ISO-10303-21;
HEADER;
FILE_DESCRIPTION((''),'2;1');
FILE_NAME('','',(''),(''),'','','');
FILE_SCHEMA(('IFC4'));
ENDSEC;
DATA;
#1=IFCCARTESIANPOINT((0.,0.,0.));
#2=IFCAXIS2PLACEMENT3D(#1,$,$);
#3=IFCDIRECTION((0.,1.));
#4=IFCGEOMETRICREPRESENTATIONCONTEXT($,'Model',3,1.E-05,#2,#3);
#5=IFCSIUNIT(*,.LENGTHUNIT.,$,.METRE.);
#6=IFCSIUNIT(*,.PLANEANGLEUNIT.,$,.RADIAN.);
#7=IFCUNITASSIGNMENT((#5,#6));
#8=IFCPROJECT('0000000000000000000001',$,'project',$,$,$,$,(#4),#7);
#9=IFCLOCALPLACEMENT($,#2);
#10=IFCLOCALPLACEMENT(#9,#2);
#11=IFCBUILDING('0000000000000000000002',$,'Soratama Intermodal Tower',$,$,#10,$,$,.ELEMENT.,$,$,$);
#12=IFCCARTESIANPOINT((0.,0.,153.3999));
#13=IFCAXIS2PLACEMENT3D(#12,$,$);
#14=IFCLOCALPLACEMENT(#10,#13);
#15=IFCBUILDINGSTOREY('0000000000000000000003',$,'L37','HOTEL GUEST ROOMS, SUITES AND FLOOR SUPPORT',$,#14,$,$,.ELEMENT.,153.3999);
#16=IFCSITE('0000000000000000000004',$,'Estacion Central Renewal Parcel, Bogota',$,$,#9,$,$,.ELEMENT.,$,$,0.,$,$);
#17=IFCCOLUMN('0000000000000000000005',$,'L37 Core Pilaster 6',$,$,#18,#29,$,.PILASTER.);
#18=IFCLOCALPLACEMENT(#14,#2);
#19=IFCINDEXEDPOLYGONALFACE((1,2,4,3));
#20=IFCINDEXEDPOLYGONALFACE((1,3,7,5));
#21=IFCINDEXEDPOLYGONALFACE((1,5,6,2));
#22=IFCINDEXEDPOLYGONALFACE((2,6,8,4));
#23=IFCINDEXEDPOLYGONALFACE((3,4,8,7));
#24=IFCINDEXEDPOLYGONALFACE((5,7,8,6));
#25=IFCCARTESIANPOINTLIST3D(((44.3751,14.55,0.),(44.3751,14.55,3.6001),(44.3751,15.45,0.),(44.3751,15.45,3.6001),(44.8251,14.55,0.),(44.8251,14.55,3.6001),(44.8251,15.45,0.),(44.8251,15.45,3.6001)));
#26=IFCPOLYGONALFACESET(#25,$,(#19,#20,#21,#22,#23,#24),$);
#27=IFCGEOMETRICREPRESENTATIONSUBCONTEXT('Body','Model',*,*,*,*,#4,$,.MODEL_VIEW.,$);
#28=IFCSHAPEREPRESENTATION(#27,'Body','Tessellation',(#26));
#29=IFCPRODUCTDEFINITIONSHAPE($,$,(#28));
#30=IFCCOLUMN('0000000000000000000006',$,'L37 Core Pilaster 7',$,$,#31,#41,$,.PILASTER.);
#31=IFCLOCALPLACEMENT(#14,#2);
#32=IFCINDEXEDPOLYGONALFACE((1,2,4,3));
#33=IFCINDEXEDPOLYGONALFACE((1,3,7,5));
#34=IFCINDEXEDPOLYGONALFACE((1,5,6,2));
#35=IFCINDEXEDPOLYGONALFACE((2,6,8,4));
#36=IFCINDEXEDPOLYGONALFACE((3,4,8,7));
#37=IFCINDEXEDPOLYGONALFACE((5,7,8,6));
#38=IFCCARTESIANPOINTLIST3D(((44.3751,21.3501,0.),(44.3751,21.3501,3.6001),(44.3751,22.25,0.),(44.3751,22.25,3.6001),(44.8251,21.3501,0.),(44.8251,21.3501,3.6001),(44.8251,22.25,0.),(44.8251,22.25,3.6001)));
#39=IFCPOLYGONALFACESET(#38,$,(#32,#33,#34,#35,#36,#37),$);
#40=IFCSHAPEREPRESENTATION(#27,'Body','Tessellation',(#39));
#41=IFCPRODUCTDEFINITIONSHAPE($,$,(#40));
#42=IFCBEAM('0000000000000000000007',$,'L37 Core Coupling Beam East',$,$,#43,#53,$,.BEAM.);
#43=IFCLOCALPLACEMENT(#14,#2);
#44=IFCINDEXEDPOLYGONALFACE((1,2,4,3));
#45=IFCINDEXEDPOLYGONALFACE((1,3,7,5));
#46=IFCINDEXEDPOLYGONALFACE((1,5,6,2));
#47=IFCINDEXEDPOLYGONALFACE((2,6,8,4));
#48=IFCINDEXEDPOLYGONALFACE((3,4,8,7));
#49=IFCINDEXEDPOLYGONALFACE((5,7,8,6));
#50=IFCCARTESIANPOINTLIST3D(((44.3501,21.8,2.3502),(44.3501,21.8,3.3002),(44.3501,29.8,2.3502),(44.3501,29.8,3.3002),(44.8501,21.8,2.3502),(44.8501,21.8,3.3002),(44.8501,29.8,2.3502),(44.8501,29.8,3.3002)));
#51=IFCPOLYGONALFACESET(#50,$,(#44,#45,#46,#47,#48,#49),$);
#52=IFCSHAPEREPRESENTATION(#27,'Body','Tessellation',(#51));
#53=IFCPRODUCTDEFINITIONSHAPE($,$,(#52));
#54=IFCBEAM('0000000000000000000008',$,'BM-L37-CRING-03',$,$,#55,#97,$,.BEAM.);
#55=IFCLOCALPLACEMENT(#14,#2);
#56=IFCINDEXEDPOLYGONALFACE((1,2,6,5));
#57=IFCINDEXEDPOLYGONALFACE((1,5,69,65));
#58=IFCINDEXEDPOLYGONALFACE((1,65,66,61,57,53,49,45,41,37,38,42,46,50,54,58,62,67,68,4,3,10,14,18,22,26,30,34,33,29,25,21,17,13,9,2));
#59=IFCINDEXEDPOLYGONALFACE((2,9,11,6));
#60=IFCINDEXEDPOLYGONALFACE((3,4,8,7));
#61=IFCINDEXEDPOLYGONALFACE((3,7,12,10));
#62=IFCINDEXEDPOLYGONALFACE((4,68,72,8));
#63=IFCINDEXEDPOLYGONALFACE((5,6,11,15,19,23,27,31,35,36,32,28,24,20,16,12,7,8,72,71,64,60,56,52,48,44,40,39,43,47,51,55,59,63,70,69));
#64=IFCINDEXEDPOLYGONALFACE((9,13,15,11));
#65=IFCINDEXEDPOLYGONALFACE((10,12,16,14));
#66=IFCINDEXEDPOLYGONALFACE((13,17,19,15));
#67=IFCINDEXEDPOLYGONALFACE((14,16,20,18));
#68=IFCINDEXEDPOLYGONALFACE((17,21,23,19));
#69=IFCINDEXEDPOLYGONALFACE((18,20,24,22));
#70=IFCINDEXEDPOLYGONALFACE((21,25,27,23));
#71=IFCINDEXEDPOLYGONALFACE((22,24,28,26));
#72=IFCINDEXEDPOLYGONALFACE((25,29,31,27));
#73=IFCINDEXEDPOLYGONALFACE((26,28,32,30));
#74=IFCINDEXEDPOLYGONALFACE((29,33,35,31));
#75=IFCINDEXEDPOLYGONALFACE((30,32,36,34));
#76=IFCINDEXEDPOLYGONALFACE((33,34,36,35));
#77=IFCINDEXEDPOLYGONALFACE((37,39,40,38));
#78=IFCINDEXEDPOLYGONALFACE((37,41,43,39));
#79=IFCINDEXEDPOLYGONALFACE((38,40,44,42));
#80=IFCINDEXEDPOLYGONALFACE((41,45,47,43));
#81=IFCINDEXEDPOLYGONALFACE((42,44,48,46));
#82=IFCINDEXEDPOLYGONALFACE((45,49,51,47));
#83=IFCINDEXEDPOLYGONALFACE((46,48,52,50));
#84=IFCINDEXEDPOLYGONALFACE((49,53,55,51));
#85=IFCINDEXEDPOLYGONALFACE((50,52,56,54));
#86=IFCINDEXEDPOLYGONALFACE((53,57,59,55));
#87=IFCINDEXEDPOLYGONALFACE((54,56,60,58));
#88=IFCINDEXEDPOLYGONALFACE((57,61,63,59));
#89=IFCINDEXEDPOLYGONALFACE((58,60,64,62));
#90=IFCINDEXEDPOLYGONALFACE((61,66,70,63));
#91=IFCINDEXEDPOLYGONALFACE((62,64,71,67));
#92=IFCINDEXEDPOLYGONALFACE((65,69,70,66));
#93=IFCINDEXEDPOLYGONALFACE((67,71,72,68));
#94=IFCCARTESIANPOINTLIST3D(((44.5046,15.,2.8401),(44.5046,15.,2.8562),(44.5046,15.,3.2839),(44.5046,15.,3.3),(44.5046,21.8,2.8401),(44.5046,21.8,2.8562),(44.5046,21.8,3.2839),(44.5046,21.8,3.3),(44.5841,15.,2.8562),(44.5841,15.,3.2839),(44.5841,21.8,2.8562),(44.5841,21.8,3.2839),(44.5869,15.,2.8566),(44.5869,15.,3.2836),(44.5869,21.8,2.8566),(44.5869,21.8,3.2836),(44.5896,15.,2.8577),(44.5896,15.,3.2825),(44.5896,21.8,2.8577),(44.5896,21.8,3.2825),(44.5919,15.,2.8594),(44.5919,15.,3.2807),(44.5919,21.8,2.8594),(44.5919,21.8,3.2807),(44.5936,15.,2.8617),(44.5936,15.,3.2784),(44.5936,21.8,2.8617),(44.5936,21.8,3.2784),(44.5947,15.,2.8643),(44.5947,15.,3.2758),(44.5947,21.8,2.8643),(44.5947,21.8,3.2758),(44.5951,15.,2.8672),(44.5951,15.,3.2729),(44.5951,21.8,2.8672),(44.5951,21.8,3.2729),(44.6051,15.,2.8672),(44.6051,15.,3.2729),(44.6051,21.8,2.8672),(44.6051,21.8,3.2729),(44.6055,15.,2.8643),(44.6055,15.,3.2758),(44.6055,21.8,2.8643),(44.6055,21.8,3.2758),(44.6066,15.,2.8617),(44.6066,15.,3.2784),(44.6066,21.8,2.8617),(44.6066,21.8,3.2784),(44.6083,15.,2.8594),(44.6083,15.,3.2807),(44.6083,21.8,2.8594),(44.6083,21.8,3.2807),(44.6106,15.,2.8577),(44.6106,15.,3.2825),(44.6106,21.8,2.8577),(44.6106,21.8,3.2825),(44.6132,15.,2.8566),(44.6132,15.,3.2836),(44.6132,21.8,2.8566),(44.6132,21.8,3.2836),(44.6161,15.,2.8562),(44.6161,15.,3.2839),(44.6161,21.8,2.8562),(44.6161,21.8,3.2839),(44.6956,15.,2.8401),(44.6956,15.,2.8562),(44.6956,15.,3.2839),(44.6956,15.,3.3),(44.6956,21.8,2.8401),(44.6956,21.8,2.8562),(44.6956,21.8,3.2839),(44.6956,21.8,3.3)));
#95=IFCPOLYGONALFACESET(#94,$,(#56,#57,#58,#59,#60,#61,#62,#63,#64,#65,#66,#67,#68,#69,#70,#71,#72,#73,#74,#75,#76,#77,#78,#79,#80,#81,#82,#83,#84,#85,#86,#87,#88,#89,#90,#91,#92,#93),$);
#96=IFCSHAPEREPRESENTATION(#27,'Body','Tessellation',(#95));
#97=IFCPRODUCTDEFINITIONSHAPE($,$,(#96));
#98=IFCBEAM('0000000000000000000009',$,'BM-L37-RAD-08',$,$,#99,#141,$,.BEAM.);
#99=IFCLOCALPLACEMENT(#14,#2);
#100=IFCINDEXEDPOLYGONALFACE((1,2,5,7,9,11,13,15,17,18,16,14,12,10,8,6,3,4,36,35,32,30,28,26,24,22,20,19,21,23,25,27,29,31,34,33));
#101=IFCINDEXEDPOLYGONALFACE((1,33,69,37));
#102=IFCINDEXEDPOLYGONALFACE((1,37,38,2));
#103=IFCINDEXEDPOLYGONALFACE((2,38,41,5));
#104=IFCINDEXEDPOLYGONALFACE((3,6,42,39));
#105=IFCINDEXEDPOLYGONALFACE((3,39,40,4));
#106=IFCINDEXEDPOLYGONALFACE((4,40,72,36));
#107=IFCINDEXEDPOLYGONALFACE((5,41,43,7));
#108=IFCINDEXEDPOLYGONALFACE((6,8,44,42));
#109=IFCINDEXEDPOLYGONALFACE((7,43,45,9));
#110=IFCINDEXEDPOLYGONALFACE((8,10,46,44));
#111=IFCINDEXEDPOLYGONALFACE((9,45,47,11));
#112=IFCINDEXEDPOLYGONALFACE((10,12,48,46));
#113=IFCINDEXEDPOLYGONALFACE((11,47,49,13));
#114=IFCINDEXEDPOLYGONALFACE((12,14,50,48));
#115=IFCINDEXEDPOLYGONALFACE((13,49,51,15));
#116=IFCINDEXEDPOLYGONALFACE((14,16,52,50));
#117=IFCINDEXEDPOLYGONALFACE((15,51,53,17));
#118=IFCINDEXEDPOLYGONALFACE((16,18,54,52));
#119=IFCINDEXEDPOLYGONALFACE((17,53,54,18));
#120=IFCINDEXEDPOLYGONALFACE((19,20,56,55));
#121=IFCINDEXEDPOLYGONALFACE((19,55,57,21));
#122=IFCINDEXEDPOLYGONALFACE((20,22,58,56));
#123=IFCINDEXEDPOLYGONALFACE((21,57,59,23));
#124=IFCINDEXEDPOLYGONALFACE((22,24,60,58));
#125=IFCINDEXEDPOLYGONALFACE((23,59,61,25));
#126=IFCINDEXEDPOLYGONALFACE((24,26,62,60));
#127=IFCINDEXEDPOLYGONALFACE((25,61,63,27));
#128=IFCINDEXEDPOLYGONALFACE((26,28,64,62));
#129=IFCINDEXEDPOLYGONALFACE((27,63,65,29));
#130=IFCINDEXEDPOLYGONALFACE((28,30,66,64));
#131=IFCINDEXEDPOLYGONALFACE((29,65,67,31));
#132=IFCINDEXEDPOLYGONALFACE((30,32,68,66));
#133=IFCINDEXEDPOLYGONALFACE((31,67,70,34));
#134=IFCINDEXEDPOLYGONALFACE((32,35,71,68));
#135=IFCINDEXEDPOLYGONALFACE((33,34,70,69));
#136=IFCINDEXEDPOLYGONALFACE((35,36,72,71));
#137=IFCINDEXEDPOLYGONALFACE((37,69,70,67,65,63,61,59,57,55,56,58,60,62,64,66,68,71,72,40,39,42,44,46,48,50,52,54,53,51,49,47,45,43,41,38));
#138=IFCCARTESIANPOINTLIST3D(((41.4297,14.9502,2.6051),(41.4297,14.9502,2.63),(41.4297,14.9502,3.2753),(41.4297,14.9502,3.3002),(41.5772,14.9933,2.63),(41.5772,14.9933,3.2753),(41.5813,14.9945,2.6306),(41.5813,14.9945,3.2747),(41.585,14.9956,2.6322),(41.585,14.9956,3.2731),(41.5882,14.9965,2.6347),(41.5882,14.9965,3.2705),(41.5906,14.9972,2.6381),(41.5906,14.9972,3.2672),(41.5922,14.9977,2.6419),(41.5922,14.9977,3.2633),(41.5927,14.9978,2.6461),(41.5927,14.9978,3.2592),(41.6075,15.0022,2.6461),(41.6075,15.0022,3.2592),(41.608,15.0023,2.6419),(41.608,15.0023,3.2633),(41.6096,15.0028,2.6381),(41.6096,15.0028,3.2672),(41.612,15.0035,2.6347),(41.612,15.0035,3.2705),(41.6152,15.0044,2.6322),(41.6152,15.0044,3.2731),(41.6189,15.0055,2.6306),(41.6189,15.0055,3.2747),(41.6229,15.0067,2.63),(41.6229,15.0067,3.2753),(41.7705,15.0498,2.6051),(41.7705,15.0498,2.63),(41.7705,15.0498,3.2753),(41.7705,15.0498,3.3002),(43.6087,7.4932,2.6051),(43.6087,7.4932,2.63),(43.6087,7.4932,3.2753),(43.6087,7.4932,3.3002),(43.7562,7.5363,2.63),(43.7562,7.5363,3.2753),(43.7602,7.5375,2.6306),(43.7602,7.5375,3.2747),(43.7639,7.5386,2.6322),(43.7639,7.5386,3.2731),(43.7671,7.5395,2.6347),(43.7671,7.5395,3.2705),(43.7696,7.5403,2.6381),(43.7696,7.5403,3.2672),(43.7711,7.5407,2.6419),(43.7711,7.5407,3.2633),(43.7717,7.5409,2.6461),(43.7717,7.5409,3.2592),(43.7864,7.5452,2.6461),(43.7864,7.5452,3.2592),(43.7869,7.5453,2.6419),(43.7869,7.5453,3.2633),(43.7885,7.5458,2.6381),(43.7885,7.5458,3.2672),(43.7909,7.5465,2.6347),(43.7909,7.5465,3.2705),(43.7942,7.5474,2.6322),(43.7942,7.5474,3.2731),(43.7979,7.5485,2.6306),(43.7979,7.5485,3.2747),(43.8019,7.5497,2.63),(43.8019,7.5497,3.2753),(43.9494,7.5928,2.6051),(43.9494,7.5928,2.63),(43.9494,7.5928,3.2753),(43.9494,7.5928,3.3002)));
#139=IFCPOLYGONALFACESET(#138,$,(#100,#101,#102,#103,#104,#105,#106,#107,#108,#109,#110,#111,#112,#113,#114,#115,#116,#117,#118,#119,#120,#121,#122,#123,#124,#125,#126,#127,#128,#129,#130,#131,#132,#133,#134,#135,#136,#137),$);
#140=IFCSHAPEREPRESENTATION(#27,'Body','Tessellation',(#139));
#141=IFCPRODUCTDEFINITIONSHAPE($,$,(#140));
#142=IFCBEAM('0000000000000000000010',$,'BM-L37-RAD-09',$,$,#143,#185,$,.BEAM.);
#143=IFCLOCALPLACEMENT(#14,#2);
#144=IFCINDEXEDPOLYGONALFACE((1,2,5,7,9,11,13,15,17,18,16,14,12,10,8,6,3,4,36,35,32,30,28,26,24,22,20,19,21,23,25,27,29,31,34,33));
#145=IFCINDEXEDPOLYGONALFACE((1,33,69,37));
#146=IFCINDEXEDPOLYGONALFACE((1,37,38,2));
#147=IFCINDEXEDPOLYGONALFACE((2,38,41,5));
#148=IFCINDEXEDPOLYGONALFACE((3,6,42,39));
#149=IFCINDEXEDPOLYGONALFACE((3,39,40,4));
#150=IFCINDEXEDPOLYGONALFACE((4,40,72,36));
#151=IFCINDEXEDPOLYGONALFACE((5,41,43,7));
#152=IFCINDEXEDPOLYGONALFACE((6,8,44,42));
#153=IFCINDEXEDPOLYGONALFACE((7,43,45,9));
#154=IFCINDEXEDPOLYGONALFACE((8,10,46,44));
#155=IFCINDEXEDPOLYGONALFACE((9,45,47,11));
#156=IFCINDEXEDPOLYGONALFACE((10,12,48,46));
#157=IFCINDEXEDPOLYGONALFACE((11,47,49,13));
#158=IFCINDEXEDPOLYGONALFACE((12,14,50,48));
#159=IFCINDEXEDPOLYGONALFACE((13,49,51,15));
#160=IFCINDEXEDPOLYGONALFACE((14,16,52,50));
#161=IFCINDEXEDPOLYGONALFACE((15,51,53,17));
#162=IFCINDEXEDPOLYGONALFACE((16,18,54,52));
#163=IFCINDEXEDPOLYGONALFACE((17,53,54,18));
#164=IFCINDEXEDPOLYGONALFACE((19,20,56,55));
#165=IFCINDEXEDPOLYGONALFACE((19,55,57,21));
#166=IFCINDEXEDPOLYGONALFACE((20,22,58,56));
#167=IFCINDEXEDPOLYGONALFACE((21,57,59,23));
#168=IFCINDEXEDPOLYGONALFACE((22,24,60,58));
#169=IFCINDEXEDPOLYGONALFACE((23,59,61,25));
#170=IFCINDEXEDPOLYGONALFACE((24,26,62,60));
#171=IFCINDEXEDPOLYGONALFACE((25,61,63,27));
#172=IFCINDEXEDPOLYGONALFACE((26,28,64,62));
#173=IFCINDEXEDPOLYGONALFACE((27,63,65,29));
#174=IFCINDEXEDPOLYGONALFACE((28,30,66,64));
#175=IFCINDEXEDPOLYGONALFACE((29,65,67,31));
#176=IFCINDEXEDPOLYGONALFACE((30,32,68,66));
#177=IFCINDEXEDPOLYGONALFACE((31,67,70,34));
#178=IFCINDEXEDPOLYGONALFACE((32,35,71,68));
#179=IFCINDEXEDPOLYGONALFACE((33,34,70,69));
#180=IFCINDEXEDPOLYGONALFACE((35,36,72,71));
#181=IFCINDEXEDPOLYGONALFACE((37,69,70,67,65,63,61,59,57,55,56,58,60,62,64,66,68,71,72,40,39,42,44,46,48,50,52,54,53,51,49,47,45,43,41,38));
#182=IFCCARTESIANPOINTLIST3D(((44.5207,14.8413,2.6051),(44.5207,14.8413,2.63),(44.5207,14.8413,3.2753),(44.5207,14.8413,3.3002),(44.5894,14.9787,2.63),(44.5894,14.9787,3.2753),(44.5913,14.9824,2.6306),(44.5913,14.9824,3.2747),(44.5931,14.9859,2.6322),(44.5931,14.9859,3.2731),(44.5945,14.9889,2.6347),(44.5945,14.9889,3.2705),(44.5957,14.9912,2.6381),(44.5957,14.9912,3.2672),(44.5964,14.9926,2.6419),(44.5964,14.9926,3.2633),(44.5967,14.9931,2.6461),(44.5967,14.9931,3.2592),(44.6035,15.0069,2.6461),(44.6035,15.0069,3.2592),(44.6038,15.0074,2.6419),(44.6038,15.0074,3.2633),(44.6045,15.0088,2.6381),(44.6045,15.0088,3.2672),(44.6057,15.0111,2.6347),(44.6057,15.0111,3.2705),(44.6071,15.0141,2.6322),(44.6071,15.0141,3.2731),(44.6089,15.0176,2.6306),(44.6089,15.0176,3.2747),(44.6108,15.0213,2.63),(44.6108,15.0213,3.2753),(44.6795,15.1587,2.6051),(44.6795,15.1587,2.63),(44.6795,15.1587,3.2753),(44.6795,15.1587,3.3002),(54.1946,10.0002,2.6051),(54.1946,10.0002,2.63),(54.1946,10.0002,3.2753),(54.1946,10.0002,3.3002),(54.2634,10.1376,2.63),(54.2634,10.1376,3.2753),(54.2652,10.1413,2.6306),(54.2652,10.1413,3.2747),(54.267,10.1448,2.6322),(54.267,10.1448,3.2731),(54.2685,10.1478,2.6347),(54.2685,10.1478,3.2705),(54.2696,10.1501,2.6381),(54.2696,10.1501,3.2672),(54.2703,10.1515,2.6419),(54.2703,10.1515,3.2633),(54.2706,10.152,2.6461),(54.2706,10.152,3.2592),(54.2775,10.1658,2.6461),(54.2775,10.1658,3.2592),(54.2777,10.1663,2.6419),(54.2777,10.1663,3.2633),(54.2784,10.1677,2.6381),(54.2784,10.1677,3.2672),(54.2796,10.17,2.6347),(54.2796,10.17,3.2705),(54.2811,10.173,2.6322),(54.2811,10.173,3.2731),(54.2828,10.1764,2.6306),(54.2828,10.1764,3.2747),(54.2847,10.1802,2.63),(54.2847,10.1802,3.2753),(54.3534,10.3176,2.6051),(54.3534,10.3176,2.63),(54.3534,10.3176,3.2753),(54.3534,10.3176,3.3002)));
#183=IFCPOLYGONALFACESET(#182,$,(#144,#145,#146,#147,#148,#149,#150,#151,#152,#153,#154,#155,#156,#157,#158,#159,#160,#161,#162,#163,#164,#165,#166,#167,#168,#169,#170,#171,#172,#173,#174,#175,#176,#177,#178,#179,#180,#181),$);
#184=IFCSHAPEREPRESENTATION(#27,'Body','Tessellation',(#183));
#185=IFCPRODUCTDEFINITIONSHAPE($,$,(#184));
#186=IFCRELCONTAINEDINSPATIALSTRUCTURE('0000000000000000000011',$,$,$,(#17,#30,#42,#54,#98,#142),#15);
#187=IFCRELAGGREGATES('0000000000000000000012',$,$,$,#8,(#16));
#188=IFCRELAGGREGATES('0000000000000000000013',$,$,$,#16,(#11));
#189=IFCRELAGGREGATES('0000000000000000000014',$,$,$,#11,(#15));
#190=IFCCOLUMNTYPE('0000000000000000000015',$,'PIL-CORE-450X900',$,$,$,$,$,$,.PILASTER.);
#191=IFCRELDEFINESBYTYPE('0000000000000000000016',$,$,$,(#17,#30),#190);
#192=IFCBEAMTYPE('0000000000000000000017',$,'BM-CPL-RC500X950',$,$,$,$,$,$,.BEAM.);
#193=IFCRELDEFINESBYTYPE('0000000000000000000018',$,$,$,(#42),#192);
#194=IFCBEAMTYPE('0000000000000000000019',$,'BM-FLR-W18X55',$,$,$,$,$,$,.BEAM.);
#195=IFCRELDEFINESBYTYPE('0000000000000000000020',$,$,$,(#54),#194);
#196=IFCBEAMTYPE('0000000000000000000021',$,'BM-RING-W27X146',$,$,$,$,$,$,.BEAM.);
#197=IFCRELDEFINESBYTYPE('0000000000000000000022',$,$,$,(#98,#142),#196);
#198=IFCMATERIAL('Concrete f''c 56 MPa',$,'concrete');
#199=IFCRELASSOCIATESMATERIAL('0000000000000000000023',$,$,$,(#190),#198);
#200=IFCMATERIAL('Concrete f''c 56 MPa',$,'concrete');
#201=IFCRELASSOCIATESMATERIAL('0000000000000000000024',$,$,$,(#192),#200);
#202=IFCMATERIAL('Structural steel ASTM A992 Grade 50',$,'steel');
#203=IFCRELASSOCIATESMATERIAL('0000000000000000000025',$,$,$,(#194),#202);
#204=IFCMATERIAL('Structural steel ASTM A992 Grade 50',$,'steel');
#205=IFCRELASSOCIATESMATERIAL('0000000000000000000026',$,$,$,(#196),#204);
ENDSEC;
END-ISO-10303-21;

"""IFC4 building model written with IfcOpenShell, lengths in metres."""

from ifc_helpers import new_model, si_unit, direction, frame, origin, origin_2d, place, context, subcontext, project, spatial, rectangle, i_section, extrude, material, material_profile, profile_set, type_object, element, save


model = new_model("IFC4")

# Units and contexts
model_context = context("Model", 3, precision=1e-05, world=origin(), true_north=direction((0.0, 1.0)))
body_context = subcontext(model_context, "Body", "Model", "MODEL_VIEW")
ifc_project = project(units=[si_unit("LENGTHUNIT", "METRE"), si_unit("PLANEANGLEUNIT", "RADIAN")], contexts=[model_context])

# Site, building, storey
site_placement = place(None, origin())
site = spatial("IfcSite", under=ifc_project, at=site_placement, Name="Estacion Central Renewal Parcel, Bogota", CompositionType="ELEMENT", RefElevation=0.0)
building_placement = place(site_placement, origin())
building = spatial("IfcBuilding", under=site, at=building_placement, Name="Soratama Intermodal Tower", CompositionType="ELEMENT")
storey_placement = place(building_placement, frame((0.0, 0.0, 153.3999)))
storey = spatial("IfcBuildingStorey", under=building, at=storey_placement, Name="L37", Description="HOTEL GUEST ROOMS, SUITES AND FLOOR SUPPORT", CompositionType="ELEMENT", Elevation=153.3999)

# Columns
ifc_material_1 = material(Name="Concrete f'c 56 MPa", Category="concrete")
ifc_material_profile_1 = material_profile(ifc_material_1, rectangle(XDim=0.45, YDim=0.8999, at=origin_2d()), Name="RC450X900")
ifc_profile_set_1 = profile_set([ifc_material_profile_1], Name="Concrete f'c 56 MPa")
column_type = type_object("IfcColumnType", Name="PIL-CORE-450X900", PredefinedType="PILASTER", material=ifc_profile_set_1)
for number, where, z_axis, x_axis, name in (
    (1, (44.6001, 15.0, 0.0), (0.0, 0.0, 1.0), (1.0, 0.0, 0.0), "L37 Core Pilaster 6"),
    (2, (44.6001, 21.8, 0.0), (0.0, 0.0, 1.0), (1.0, 0.0, 0.0), "L37 Core Pilaster 7"),
):
    element("IfcColumn", number, at=place(storey_placement, frame(where, z_axis=z_axis, x_axis=x_axis)), inside=storey, type_object=column_type, Name=name, PredefinedType="PILASTER", context=body_context, shape_type="SweptSolid", body=[
        extrude(rectangle(XDim=0.45, YDim=0.8999, at=origin_2d()), origin(), (0.0, 0.0, 1.0), 3.6001),
    ])

# Beams
ifc_material_2 = material(Name="Concrete f'c 56 MPa", Category="concrete")
ifc_material_profile_2 = material_profile(ifc_material_2, rectangle(XDim=0.5, YDim=0.95, at=origin_2d()), Name="RC500X950")
ifc_profile_set_2 = profile_set([ifc_material_profile_2], Name="Concrete f'c 56 MPa")
beam_type_1 = type_object("IfcBeamType", Name="BM-CPL-RC500X950", PredefinedType="BEAM", material=ifc_profile_set_2)
beam_1_placement = place(storey_placement, frame((44.6001, 21.8, 2.8252), z_axis=(0.0, 1.0, 0.0), x_axis=(-1.0, 0.0, 0.0)))
element("IfcBeam", 3, at=beam_1_placement, inside=storey, type_object=beam_type_1, Name="L37 Core Coupling Beam East", PredefinedType="BEAM", context=body_context, shape_type="SweptSolid", body=[
    extrude(rectangle(XDim=0.5, YDim=0.95, at=origin_2d()), origin(), (0.0, 0.0, 1.0), 8.0),
])
ifc_material_3 = material(Name="Structural steel ASTM A992 Grade 50", Category="steel")
ifc_material_profile_3 = material_profile(ifc_material_3, i_section(OverallWidth=0.1909, OverallDepth=0.46, WebThickness=0.01, FlangeThickness=0.0161, FilletRadius=0.011, at=origin_2d()), Name="W18X55")
ifc_profile_set_3 = profile_set([ifc_material_profile_3], Name="Structural steel ASTM A992 Grade 50")
beam_type_2 = type_object("IfcBeamType", Name="BM-FLR-W18X55", PredefinedType="BEAM", material=ifc_profile_set_3)
beam_2_placement = place(storey_placement, frame((44.6001, 15.0, 3.0701), z_axis=(0.0, 1.0, 0.0), x_axis=(-1.0, 0.0, 0.0)))
element("IfcBeam", 4, at=beam_2_placement, inside=storey, type_object=beam_type_2, Name="BM-L37-CRING-03", PredefinedType="BEAM", context=body_context, shape_type="SweptSolid", body=[
    extrude(i_section(OverallWidth=0.1909, OverallDepth=0.46, WebThickness=0.01, FlangeThickness=0.0161, FilletRadius=0.011, at=origin_2d()), origin(), (0.0, 0.0, 1.0), 6.8),
])
ifc_material_4 = material(Name="Structural steel ASTM A992 Grade 50", Category="steel")
ifc_material_profile_4 = material_profile(ifc_material_4, i_section(OverallWidth=0.355, OverallDepth=0.6951, WebThickness=0.0154, FlangeThickness=0.0249, FilletRadius=0.0161, at=origin_2d()), Name="W27X146")
ifc_profile_set_4 = profile_set([ifc_material_profile_4], Name="Structural steel ASTM A992 Grade 50")
beam_type_3 = type_object("IfcBeamType", Name="BM-RING-W27X146", PredefinedType="BEAM", material=ifc_profile_set_4)
beam_3_placement = place(storey_placement, frame((41.6001, 15.0, 2.9526), z_axis=(0.280473, -0.959862, 0.0), x_axis=(0.959862, 0.280473, 0.0)))
element("IfcBeam", 5, at=beam_3_placement, inside=storey, type_object=beam_type_3, Name="BM-L37-RAD-08", PredefinedType="BEAM", context=body_context, shape_type="SweptSolid", body=[
    extrude(i_section(OverallWidth=0.355, OverallDepth=0.6951, WebThickness=0.0154, FlangeThickness=0.0249, FilletRadius=0.0161, at=origin_2d()), origin(), (0.0, 0.0, 1.0), 7.7688),
])
beam_4_placement = place(storey_placement, frame((44.6001, 15.0, 2.9526), z_axis=(0.894274, -0.447521, 0.0), x_axis=(0.447521, 0.894274, 0.0)))
element("IfcBeam", 6, at=beam_4_placement, inside=storey, type_object=beam_type_3, Name="BM-L37-RAD-09", PredefinedType="BEAM", context=body_context, shape_type="SweptSolid", body=[
    extrude(i_section(OverallWidth=0.355, OverallDepth=0.6951, WebThickness=0.0154, FlangeThickness=0.0249, FilletRadius=0.0161, at=origin_2d()), origin(), (0.0, 0.0, 1.0), 10.8176),
])

save(model, "model.ifc")
